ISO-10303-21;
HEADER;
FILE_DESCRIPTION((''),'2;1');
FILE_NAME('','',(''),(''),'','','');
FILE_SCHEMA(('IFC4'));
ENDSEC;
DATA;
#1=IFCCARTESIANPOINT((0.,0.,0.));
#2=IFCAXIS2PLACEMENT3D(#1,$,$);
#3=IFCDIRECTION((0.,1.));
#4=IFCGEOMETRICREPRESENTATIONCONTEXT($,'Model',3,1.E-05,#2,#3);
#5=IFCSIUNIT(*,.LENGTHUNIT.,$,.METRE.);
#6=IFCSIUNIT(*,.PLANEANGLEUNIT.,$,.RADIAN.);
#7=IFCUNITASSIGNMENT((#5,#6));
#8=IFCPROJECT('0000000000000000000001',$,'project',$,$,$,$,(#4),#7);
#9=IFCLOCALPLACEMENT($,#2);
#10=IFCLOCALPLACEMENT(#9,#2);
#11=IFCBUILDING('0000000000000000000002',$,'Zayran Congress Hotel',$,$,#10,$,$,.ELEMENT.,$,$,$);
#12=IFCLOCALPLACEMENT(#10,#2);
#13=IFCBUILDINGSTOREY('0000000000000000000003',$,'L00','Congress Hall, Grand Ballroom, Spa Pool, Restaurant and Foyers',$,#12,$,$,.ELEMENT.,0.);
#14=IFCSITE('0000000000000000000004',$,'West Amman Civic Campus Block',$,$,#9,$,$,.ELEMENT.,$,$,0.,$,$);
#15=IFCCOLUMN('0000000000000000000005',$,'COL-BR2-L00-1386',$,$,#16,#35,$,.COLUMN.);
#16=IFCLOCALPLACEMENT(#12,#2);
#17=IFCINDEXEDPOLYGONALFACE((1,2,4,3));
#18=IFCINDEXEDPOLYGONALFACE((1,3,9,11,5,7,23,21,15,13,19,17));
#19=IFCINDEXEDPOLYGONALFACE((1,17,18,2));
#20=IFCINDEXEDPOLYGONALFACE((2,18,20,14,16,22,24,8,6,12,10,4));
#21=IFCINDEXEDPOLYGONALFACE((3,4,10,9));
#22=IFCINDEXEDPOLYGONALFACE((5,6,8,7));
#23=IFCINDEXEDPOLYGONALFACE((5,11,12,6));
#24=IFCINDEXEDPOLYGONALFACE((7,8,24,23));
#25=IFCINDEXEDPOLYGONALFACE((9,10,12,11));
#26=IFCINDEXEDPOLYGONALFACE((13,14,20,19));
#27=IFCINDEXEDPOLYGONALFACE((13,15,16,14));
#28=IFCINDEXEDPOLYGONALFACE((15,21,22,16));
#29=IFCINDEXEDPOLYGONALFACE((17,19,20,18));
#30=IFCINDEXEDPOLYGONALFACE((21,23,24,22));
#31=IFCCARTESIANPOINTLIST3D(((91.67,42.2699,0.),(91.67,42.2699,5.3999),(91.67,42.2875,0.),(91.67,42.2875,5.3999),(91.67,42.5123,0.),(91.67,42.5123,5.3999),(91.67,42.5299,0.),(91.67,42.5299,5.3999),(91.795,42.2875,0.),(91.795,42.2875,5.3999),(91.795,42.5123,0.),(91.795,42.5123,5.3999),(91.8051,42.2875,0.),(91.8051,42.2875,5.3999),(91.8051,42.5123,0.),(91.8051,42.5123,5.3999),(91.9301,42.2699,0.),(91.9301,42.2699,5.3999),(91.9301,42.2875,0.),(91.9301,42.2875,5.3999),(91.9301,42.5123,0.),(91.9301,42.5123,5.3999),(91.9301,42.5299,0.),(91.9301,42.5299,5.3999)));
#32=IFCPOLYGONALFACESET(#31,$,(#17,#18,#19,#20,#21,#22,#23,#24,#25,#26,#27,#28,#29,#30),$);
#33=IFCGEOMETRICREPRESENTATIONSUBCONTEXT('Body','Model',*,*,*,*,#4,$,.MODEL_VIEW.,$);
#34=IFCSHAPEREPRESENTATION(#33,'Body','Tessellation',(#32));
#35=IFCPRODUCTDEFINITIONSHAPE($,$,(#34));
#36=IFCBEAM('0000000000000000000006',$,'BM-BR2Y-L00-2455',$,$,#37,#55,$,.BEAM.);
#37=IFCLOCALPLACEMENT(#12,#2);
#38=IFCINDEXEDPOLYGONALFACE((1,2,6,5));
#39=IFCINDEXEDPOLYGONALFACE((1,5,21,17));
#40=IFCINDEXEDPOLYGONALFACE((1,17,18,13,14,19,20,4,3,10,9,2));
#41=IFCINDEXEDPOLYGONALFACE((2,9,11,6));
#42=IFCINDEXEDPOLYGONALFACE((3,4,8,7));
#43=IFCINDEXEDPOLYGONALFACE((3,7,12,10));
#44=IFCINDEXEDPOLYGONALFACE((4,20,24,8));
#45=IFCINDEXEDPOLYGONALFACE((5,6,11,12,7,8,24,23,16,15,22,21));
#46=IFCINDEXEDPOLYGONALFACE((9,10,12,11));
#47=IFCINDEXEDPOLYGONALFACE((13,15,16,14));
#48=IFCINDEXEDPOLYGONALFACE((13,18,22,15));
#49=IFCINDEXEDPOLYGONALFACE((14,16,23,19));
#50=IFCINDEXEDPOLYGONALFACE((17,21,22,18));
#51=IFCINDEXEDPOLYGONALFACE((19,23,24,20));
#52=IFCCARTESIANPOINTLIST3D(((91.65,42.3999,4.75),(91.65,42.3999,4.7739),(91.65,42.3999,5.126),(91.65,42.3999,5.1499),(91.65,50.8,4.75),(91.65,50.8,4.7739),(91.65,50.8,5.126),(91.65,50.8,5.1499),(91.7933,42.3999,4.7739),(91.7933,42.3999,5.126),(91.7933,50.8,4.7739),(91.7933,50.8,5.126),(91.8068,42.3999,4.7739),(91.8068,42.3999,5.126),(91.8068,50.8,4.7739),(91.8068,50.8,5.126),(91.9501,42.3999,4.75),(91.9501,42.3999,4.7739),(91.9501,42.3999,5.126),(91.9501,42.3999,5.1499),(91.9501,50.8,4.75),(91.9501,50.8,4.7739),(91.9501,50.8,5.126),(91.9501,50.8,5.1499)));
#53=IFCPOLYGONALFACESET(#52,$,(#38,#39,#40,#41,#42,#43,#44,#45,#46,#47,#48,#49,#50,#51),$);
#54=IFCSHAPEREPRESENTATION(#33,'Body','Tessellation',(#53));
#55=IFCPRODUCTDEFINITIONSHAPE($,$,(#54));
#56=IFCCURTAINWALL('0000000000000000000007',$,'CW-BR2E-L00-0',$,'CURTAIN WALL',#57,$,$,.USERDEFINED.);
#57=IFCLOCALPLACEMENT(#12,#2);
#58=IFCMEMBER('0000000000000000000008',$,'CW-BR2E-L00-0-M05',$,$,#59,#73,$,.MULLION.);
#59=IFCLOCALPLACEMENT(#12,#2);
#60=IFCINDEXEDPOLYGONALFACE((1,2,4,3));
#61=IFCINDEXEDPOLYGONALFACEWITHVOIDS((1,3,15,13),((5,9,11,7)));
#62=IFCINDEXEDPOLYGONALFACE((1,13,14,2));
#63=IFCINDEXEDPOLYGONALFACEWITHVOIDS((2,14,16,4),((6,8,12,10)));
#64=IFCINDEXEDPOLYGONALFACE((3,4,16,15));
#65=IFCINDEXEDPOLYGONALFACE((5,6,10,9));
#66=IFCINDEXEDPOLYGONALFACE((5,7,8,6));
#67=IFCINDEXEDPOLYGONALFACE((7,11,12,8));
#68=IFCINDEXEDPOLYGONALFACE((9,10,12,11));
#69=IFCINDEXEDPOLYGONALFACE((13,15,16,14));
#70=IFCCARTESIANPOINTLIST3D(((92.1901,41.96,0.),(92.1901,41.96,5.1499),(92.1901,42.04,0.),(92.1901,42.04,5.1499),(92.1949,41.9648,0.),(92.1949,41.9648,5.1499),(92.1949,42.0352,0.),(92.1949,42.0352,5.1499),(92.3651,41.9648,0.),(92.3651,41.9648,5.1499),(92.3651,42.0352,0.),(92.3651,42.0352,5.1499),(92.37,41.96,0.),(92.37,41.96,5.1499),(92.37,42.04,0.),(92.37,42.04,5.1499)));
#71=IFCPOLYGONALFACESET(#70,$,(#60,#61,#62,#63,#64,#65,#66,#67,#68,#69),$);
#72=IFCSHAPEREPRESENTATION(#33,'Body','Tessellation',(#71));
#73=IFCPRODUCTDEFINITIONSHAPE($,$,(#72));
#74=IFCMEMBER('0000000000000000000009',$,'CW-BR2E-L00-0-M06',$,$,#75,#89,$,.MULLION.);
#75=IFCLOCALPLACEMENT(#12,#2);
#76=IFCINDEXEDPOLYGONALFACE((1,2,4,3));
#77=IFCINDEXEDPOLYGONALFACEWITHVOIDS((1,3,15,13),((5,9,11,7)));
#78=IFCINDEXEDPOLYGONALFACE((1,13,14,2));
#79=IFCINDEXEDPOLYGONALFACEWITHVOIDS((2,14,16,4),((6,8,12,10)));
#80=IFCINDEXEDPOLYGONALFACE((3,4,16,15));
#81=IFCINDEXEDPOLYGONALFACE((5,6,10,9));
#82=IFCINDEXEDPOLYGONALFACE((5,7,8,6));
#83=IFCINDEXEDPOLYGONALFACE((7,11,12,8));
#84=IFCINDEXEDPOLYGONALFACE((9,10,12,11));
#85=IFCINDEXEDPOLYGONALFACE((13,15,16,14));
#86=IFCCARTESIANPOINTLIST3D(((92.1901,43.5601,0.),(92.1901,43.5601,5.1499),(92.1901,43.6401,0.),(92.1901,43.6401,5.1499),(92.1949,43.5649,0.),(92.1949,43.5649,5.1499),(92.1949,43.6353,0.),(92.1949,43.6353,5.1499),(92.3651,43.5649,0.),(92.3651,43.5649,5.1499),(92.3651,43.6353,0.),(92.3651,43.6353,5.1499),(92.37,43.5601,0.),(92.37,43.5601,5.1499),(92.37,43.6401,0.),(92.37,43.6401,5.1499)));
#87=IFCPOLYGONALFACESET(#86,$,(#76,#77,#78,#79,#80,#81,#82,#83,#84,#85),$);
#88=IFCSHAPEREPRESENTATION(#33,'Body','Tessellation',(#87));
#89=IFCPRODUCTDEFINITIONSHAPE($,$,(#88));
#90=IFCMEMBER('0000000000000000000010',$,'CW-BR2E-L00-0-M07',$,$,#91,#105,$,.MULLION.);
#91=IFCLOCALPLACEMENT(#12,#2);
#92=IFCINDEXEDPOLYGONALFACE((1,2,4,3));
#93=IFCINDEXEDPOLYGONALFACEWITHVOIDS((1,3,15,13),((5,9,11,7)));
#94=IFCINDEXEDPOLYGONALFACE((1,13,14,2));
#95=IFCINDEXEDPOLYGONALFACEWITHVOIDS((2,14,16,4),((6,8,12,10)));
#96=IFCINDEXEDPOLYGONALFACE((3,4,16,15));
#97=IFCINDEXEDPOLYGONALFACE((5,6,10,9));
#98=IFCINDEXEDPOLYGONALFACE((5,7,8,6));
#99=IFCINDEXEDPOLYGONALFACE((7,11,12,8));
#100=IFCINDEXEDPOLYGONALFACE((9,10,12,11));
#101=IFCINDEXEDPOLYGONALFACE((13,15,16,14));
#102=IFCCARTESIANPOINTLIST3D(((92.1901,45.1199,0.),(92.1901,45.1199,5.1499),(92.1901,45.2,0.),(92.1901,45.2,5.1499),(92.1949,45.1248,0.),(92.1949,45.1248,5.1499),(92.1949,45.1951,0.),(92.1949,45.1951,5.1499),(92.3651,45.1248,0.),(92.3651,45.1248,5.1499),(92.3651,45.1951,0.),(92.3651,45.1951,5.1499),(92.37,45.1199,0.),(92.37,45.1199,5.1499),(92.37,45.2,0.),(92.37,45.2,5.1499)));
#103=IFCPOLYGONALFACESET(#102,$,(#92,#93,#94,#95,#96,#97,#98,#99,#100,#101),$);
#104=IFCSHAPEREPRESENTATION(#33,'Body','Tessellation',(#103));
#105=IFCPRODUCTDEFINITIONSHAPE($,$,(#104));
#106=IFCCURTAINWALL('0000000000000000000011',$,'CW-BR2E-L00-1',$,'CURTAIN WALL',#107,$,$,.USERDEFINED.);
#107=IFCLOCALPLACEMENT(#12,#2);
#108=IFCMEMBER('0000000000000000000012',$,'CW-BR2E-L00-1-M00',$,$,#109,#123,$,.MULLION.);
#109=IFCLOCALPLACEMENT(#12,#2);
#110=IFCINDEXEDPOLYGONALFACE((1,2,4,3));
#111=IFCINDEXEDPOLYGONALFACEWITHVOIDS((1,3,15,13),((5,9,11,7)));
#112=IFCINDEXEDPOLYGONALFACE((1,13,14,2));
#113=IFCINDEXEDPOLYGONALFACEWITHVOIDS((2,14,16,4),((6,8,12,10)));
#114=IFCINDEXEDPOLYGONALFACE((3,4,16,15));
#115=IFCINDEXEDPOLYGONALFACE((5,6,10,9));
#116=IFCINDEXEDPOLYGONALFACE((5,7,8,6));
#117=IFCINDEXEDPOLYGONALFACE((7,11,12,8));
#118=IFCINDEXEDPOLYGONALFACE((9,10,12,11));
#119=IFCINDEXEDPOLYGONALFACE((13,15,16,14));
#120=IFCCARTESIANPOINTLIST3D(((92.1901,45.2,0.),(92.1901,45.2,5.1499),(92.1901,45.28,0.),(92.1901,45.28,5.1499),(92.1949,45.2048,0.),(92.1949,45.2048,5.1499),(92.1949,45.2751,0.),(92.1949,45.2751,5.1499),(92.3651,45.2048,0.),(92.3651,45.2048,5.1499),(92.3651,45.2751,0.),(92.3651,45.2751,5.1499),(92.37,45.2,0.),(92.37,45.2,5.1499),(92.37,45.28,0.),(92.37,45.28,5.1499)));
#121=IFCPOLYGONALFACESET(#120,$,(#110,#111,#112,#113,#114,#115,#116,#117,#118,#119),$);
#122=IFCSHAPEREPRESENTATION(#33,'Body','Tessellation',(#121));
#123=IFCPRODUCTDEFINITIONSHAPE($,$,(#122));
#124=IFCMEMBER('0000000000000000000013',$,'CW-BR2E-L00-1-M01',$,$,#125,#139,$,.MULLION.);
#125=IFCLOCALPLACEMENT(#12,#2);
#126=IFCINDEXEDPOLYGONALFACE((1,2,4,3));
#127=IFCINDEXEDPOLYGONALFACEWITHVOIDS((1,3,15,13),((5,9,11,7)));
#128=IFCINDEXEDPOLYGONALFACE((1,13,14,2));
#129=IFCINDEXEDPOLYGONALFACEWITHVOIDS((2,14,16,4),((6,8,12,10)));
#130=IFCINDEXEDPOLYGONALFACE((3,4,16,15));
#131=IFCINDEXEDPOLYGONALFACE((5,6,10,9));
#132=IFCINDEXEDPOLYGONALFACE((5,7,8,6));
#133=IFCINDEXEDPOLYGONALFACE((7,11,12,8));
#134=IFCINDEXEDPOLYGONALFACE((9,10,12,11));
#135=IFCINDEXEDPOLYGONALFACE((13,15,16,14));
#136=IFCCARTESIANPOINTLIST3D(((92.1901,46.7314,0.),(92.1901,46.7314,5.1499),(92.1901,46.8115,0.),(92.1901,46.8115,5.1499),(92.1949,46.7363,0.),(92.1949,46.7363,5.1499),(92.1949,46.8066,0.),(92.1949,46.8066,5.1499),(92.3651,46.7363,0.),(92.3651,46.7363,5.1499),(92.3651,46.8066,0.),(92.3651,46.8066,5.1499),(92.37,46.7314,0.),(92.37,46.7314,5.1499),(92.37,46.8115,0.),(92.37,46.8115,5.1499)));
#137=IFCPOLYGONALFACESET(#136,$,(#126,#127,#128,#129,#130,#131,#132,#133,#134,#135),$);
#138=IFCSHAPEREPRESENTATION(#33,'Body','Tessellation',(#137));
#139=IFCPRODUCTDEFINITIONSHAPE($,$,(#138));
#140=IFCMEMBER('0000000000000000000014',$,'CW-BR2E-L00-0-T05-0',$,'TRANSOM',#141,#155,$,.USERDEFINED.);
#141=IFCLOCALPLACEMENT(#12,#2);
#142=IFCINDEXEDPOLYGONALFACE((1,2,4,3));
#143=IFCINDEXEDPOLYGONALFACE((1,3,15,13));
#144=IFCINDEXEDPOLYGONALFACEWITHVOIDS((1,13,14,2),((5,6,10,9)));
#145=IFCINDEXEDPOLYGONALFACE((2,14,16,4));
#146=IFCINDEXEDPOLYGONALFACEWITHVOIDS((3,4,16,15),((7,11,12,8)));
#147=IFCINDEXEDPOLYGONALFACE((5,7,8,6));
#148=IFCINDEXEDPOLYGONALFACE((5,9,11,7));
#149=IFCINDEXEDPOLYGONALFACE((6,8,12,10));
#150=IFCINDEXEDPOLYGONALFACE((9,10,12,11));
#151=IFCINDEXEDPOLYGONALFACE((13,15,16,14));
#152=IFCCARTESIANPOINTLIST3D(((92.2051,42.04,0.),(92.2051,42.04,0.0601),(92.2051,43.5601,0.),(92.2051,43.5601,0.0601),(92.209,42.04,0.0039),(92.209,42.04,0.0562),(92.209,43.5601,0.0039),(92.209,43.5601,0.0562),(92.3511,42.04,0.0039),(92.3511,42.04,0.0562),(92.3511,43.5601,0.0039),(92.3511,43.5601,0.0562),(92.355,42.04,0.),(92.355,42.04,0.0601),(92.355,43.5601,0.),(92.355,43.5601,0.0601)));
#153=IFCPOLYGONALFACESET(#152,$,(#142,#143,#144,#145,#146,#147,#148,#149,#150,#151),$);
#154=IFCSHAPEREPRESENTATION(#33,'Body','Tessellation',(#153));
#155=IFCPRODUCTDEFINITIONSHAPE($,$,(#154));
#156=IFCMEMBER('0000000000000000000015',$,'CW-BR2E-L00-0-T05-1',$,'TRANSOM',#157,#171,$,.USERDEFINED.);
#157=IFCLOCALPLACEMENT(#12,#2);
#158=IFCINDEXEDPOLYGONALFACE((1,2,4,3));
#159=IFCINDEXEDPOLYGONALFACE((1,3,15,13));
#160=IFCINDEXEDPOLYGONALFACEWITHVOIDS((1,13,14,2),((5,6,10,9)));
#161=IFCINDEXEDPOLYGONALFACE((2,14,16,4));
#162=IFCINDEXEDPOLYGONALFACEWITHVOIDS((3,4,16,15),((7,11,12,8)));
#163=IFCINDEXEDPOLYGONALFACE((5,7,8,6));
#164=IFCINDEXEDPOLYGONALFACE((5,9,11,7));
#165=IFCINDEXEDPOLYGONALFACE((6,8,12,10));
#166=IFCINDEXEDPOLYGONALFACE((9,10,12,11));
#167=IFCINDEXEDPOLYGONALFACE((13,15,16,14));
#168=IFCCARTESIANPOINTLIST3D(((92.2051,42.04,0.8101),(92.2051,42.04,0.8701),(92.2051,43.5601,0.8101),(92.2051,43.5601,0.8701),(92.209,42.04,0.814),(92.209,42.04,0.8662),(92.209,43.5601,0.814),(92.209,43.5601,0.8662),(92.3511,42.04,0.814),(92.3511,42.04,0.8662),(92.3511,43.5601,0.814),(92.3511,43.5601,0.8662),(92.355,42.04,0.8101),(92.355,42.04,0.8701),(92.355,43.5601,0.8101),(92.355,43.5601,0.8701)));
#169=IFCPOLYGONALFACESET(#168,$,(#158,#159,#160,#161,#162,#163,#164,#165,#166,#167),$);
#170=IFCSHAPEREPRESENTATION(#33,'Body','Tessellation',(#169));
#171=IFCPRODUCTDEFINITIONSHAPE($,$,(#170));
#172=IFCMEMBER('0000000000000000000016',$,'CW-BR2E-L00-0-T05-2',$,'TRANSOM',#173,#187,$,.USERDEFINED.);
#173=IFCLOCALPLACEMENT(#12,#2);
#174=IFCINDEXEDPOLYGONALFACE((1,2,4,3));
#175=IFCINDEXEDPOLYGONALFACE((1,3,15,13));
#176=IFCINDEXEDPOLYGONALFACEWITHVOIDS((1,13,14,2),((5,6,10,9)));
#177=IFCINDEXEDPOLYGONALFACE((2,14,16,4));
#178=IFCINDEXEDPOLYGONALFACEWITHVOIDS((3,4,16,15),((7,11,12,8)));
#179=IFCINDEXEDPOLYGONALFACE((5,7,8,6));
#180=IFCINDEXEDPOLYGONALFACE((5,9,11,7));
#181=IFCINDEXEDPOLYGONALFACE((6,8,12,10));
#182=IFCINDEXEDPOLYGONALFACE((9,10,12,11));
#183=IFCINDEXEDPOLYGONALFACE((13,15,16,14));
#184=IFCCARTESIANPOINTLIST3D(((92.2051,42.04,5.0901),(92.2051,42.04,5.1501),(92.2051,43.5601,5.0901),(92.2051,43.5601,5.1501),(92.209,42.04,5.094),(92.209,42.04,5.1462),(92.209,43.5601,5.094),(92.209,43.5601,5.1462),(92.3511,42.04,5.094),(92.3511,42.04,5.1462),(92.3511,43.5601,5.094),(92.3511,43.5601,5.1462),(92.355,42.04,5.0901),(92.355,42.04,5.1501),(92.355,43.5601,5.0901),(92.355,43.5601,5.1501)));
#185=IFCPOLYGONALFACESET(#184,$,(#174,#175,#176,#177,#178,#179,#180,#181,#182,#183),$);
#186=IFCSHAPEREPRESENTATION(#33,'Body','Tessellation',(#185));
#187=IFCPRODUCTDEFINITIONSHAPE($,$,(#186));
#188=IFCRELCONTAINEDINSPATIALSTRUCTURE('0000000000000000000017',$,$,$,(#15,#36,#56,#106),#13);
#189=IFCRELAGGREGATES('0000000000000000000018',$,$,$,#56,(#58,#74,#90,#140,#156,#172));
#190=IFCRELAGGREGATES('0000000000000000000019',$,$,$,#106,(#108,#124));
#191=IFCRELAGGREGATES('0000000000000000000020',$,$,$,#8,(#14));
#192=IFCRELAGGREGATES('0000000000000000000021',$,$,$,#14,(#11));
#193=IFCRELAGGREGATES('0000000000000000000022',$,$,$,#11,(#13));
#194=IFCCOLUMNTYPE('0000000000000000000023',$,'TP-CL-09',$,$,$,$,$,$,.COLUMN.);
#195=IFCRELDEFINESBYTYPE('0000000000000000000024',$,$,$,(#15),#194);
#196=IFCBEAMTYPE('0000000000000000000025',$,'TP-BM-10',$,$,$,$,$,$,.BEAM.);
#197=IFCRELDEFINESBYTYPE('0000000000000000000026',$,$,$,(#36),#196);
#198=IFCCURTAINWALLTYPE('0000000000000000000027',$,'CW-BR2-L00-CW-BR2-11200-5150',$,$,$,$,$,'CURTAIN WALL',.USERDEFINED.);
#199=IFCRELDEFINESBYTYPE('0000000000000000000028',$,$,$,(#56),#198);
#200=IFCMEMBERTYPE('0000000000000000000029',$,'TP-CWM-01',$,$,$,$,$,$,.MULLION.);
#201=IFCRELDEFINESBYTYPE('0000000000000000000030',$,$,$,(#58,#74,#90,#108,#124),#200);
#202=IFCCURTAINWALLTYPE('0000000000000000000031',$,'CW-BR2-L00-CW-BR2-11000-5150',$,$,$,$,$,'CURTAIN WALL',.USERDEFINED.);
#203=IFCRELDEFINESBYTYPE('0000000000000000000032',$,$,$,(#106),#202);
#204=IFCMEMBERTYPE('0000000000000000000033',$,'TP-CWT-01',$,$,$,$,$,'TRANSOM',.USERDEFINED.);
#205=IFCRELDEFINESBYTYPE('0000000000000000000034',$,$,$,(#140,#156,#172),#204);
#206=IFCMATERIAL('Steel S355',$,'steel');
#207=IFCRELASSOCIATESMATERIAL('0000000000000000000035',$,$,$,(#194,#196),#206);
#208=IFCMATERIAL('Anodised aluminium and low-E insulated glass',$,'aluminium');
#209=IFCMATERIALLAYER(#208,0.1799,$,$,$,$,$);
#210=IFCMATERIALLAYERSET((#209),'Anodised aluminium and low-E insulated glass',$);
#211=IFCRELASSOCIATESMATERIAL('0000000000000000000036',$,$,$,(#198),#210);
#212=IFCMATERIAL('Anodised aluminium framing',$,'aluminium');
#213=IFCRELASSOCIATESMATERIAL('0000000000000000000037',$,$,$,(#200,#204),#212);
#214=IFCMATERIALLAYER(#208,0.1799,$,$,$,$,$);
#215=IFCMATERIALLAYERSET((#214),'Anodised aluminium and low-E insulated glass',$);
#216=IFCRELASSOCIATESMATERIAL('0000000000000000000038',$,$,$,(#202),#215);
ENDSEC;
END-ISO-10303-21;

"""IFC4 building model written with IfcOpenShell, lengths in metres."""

from ifc_helpers import new_model, si_unit, direction, frame, origin, origin_2d, place, context, subcontext, project, spatial, hollow_rectangle, i_section, extrude, material, layer, layer_set, material_profile, profile_set, type_object, element, aggregate, save


model = new_model("IFC4")

# Units and contexts
model_context = context("Model", 3, precision=1e-05, world=origin(), true_north=direction((0.0, 1.0)))
body_context = subcontext(model_context, "Body", "Model", "MODEL_VIEW")
ifc_project = project(units=[si_unit("LENGTHUNIT", "METRE"), si_unit("PLANEANGLEUNIT", "RADIAN")], contexts=[model_context])

# Site, building, storey
site_placement = place(None, origin())
site = spatial("IfcSite", under=ifc_project, at=site_placement, Name="West Amman Civic Campus Block", CompositionType="ELEMENT", RefElevation=0.0)
building_placement = place(site_placement, origin())
building = spatial("IfcBuilding", under=site, at=building_placement, Name="Zayran Congress Hotel", CompositionType="ELEMENT")
storey_placement = place(building_placement, origin())
storey = spatial("IfcBuildingStorey", under=building, at=storey_placement, Name="L00", Description="Congress Hall, Grand Ballroom, Spa Pool, Restaurant and Foyers", CompositionType="ELEMENT", Elevation=0.0)

# Column
ifc_material_1 = material(Name="Steel S355", Category="steel")
ifc_material_profile_1 = material_profile(ifc_material_1, i_section(OverallWidth=0.26, OverallDepth=0.26, WebThickness=0.01, FlangeThickness=0.0176, at=origin_2d()), Name="HEB 260")
ifc_profile_set_1 = profile_set([ifc_material_profile_1], Name="Steel S355")
column_type = type_object("IfcColumnType", Name="TP-CL-09", PredefinedType="COLUMN", material=ifc_profile_set_1)
column_placement = place(storey_placement, frame((91.8, 42.3999, 0.0), z_axis=(0.0, 0.0, 1.0), x_axis=(1.0, 0.0, 0.0)))
element("IfcColumn", 1, at=column_placement, inside=storey, type_object=column_type, Name="COL-BR2-L00-1386", PredefinedType="COLUMN", context=body_context, shape_type="SweptSolid", body=[
    extrude(i_section(OverallWidth=0.26, OverallDepth=0.26, WebThickness=0.01, FlangeThickness=0.0176, at=origin_2d()), origin(), (0.0, 0.0, 1.0), 5.3999),
])

# Beam
ifc_material_profile_2 = material_profile(ifc_material_1, i_section(OverallWidth=0.3, OverallDepth=0.3999, WebThickness=0.0134, FlangeThickness=0.0239, at=origin_2d()), Name="HEB 400")
ifc_profile_set_2 = profile_set([ifc_material_profile_2], Name="Steel S355")
beam_type = type_object("IfcBeamType", Name="TP-BM-10", PredefinedType="BEAM", material=ifc_profile_set_2)
beam_placement = place(storey_placement, frame((91.8, 42.3999, 4.95), z_axis=(0.0, 1.0, 0.0), x_axis=(-1.0, 0.0, 0.0)))
element("IfcBeam", 2, at=beam_placement, inside=storey, type_object=beam_type, Name="BM-BR2Y-L00-2455", PredefinedType="BEAM", context=body_context, shape_type="SweptSolid", body=[
    extrude(i_section(OverallWidth=0.3, OverallDepth=0.3999, WebThickness=0.0134, FlangeThickness=0.0239, at=origin_2d()), origin(), (0.0, 0.0, 1.0), 8.4001),
])

# Curtain walls, members
ifc_material_2 = material(Name="Anodised aluminium and low-E insulated glass", Category="aluminium")
ifc_layer_1 = layer(ifc_material_2, 0.1799)
ifc_layer_set_1 = layer_set([ifc_layer_1], Name="Anodised aluminium and low-E insulated glass")
curtain_wall_type_1 = type_object("IfcCurtainWallType", Name="CW-BR2-L00-CW-BR2-11200-5150", ElementType="CURTAIN WALL", PredefinedType="USERDEFINED", material=ifc_layer_set_1)
curtain_wall_1_placement = place(storey_placement, origin())
curtain_wall_1 = element("IfcCurtainWall", 3, at=curtain_wall_1_placement, inside=storey, type_object=curtain_wall_type_1, Name="CW-BR2E-L00-0", ObjectType="CURTAIN WALL", PredefinedType="USERDEFINED")
ifc_material_3 = material(Name="Anodised aluminium framing", Category="aluminium")
ifc_material_profile_3 = material_profile(ifc_material_3, hollow_rectangle(XDim=0.0801, YDim=0.1799, WallThickness=0.0049, at=origin_2d()), Name="RHS 180x80x5")
ifc_profile_set_3 = profile_set([ifc_material_profile_3], Name="Anodised aluminium framing")
member_type_1 = type_object("IfcMemberType", Name="TP-CWM-01", PredefinedType="MULLION", material=ifc_profile_set_3)
member_1_placement = place(storey_placement, frame((92.28, 42.0, 0.0), z_axis=(0.0, 0.0, 1.0), x_axis=(0.0, 1.0, 0.0)))
member_1 = element("IfcMember", 4, at=member_1_placement, type_object=member_type_1, Name="CW-BR2E-L00-0-M05", PredefinedType="MULLION", context=body_context, shape_type="SweptSolid", body=[
    extrude(hollow_rectangle(XDim=0.0801, YDim=0.1799, WallThickness=0.0049, at=origin_2d()), origin(), (0.0, 0.0, 1.0), 5.1499),
])
member_2_placement = place(storey_placement, frame((92.28, 43.6001, 0.0), z_axis=(0.0, 0.0, 1.0), x_axis=(0.0, 1.0, 0.0)))
member_2 = element("IfcMember", 5, at=member_2_placement, type_object=member_type_1, Name="CW-BR2E-L00-0-M06", PredefinedType="MULLION", context=body_context, shape_type="SweptSolid", body=[
    extrude(hollow_rectangle(XDim=0.0801, YDim=0.1799, WallThickness=0.0049, at=origin_2d()), origin(), (0.0, 0.0, 1.0), 5.1499),
])
member_3_placement = place(storey_placement, frame((92.28, 45.1599, 0.0), z_axis=(0.0, 0.0, 1.0), x_axis=(0.0, 1.0, 0.0)))
member_3 = element("IfcMember", 6, at=member_3_placement, type_object=member_type_1, Name="CW-BR2E-L00-0-M07", PredefinedType="MULLION", context=body_context, shape_type="SweptSolid", body=[
    extrude(hollow_rectangle(XDim=0.0801, YDim=0.1799, WallThickness=0.0049, at=origin_2d()), origin(), (0.0, 0.0, 1.0), 5.1499),
])
ifc_layer_2 = layer(ifc_material_2, 0.1799)
ifc_layer_set_2 = layer_set([ifc_layer_2], Name="Anodised aluminium and low-E insulated glass")
curtain_wall_type_2 = type_object("IfcCurtainWallType", Name="CW-BR2-L00-CW-BR2-11000-5150", ElementType="CURTAIN WALL", PredefinedType="USERDEFINED", material=ifc_layer_set_2)
curtain_wall_2_placement = place(storey_placement, origin())
curtain_wall_2 = element("IfcCurtainWall", 7, at=curtain_wall_2_placement, inside=storey, type_object=curtain_wall_type_2, Name="CW-BR2E-L00-1", ObjectType="CURTAIN WALL", PredefinedType="USERDEFINED")
member_4_placement = place(storey_placement, frame((92.28, 45.24, 0.0), z_axis=(0.0, 0.0, 1.0), x_axis=(0.0, 1.0, 0.0)))
member_4 = element("IfcMember", 8, at=member_4_placement, type_object=member_type_1, Name="CW-BR2E-L00-1-M00", PredefinedType="MULLION", context=body_context, shape_type="SweptSolid", body=[
    extrude(hollow_rectangle(XDim=0.0801, YDim=0.1799, WallThickness=0.0049, at=origin_2d()), origin(), (0.0, 0.0, 1.0), 5.1499),
])
member_5_placement = place(storey_placement, frame((92.28, 46.7715, 0.0), z_axis=(0.0, 0.0, 1.0), x_axis=(0.0, 1.0, 0.0)))
member_5 = element("IfcMember", 9, at=member_5_placement, type_object=member_type_1, Name="CW-BR2E-L00-1-M01", PredefinedType="MULLION", context=body_context, shape_type="SweptSolid", body=[
    extrude(hollow_rectangle(XDim=0.0801, YDim=0.1799, WallThickness=0.0049, at=origin_2d()), origin(), (0.0, 0.0, 1.0), 5.1499),
])

# Members
ifc_material_profile_4 = material_profile(ifc_material_3, hollow_rectangle(XDim=0.0601, YDim=0.1499, WallThickness=0.0039, at=origin_2d()), Name="RHS 150x60x4")
ifc_profile_set_4 = profile_set([ifc_material_profile_4], Name="Anodised aluminium framing")
member_type_2 = type_object("IfcMemberType", Name="TP-CWT-01", ElementType="TRANSOM", PredefinedType="USERDEFINED", material=ifc_profile_set_4)
member_6_placement = place(storey_placement, frame((92.28, 42.04, 0.03), z_axis=(0.0, 1.0, 0.0), x_axis=(0.0, 0.0, 1.0)))
member_6 = element("IfcMember", 10, at=member_6_placement, type_object=member_type_2, Name="CW-BR2E-L00-0-T05-0", ObjectType="TRANSOM", PredefinedType="USERDEFINED", context=body_context, shape_type="SweptSolid", body=[
    extrude(hollow_rectangle(XDim=0.0601, YDim=0.1499, WallThickness=0.0039, at=origin_2d()), origin(), (0.0, 0.0, 1.0), 1.52),
])
member_7_placement = place(storey_placement, frame((92.28, 42.04, 0.8401), z_axis=(0.0, 1.0, 0.0), x_axis=(0.0, 0.0, 1.0)))
member_7 = element("IfcMember", 11, at=member_7_placement, type_object=member_type_2, Name="CW-BR2E-L00-0-T05-1", ObjectType="TRANSOM", PredefinedType="USERDEFINED", context=body_context, shape_type="SweptSolid", body=[
    extrude(hollow_rectangle(XDim=0.0601, YDim=0.1499, WallThickness=0.0039, at=origin_2d()), origin(), (0.0, 0.0, 1.0), 1.52),
])
member_8_placement = place(storey_placement, frame((92.28, 42.04, 5.1201), z_axis=(0.0, 1.0, 0.0), x_axis=(0.0, 0.0, 1.0)))
member_8 = element("IfcMember", 12, at=member_8_placement, type_object=member_type_2, Name="CW-BR2E-L00-0-T05-2", ObjectType="TRANSOM", PredefinedType="USERDEFINED", context=body_context, shape_type="SweptSolid", body=[
    extrude(hollow_rectangle(XDim=0.0601, YDim=0.1499, WallThickness=0.0039, at=origin_2d()), origin(), (0.0, 0.0, 1.0), 1.52),
])

aggregate(curtain_wall_1, [member_1, member_2, member_3, member_6, member_7, member_8])
aggregate(curtain_wall_2, [member_4, member_5])

save(model, "model.ifc")
